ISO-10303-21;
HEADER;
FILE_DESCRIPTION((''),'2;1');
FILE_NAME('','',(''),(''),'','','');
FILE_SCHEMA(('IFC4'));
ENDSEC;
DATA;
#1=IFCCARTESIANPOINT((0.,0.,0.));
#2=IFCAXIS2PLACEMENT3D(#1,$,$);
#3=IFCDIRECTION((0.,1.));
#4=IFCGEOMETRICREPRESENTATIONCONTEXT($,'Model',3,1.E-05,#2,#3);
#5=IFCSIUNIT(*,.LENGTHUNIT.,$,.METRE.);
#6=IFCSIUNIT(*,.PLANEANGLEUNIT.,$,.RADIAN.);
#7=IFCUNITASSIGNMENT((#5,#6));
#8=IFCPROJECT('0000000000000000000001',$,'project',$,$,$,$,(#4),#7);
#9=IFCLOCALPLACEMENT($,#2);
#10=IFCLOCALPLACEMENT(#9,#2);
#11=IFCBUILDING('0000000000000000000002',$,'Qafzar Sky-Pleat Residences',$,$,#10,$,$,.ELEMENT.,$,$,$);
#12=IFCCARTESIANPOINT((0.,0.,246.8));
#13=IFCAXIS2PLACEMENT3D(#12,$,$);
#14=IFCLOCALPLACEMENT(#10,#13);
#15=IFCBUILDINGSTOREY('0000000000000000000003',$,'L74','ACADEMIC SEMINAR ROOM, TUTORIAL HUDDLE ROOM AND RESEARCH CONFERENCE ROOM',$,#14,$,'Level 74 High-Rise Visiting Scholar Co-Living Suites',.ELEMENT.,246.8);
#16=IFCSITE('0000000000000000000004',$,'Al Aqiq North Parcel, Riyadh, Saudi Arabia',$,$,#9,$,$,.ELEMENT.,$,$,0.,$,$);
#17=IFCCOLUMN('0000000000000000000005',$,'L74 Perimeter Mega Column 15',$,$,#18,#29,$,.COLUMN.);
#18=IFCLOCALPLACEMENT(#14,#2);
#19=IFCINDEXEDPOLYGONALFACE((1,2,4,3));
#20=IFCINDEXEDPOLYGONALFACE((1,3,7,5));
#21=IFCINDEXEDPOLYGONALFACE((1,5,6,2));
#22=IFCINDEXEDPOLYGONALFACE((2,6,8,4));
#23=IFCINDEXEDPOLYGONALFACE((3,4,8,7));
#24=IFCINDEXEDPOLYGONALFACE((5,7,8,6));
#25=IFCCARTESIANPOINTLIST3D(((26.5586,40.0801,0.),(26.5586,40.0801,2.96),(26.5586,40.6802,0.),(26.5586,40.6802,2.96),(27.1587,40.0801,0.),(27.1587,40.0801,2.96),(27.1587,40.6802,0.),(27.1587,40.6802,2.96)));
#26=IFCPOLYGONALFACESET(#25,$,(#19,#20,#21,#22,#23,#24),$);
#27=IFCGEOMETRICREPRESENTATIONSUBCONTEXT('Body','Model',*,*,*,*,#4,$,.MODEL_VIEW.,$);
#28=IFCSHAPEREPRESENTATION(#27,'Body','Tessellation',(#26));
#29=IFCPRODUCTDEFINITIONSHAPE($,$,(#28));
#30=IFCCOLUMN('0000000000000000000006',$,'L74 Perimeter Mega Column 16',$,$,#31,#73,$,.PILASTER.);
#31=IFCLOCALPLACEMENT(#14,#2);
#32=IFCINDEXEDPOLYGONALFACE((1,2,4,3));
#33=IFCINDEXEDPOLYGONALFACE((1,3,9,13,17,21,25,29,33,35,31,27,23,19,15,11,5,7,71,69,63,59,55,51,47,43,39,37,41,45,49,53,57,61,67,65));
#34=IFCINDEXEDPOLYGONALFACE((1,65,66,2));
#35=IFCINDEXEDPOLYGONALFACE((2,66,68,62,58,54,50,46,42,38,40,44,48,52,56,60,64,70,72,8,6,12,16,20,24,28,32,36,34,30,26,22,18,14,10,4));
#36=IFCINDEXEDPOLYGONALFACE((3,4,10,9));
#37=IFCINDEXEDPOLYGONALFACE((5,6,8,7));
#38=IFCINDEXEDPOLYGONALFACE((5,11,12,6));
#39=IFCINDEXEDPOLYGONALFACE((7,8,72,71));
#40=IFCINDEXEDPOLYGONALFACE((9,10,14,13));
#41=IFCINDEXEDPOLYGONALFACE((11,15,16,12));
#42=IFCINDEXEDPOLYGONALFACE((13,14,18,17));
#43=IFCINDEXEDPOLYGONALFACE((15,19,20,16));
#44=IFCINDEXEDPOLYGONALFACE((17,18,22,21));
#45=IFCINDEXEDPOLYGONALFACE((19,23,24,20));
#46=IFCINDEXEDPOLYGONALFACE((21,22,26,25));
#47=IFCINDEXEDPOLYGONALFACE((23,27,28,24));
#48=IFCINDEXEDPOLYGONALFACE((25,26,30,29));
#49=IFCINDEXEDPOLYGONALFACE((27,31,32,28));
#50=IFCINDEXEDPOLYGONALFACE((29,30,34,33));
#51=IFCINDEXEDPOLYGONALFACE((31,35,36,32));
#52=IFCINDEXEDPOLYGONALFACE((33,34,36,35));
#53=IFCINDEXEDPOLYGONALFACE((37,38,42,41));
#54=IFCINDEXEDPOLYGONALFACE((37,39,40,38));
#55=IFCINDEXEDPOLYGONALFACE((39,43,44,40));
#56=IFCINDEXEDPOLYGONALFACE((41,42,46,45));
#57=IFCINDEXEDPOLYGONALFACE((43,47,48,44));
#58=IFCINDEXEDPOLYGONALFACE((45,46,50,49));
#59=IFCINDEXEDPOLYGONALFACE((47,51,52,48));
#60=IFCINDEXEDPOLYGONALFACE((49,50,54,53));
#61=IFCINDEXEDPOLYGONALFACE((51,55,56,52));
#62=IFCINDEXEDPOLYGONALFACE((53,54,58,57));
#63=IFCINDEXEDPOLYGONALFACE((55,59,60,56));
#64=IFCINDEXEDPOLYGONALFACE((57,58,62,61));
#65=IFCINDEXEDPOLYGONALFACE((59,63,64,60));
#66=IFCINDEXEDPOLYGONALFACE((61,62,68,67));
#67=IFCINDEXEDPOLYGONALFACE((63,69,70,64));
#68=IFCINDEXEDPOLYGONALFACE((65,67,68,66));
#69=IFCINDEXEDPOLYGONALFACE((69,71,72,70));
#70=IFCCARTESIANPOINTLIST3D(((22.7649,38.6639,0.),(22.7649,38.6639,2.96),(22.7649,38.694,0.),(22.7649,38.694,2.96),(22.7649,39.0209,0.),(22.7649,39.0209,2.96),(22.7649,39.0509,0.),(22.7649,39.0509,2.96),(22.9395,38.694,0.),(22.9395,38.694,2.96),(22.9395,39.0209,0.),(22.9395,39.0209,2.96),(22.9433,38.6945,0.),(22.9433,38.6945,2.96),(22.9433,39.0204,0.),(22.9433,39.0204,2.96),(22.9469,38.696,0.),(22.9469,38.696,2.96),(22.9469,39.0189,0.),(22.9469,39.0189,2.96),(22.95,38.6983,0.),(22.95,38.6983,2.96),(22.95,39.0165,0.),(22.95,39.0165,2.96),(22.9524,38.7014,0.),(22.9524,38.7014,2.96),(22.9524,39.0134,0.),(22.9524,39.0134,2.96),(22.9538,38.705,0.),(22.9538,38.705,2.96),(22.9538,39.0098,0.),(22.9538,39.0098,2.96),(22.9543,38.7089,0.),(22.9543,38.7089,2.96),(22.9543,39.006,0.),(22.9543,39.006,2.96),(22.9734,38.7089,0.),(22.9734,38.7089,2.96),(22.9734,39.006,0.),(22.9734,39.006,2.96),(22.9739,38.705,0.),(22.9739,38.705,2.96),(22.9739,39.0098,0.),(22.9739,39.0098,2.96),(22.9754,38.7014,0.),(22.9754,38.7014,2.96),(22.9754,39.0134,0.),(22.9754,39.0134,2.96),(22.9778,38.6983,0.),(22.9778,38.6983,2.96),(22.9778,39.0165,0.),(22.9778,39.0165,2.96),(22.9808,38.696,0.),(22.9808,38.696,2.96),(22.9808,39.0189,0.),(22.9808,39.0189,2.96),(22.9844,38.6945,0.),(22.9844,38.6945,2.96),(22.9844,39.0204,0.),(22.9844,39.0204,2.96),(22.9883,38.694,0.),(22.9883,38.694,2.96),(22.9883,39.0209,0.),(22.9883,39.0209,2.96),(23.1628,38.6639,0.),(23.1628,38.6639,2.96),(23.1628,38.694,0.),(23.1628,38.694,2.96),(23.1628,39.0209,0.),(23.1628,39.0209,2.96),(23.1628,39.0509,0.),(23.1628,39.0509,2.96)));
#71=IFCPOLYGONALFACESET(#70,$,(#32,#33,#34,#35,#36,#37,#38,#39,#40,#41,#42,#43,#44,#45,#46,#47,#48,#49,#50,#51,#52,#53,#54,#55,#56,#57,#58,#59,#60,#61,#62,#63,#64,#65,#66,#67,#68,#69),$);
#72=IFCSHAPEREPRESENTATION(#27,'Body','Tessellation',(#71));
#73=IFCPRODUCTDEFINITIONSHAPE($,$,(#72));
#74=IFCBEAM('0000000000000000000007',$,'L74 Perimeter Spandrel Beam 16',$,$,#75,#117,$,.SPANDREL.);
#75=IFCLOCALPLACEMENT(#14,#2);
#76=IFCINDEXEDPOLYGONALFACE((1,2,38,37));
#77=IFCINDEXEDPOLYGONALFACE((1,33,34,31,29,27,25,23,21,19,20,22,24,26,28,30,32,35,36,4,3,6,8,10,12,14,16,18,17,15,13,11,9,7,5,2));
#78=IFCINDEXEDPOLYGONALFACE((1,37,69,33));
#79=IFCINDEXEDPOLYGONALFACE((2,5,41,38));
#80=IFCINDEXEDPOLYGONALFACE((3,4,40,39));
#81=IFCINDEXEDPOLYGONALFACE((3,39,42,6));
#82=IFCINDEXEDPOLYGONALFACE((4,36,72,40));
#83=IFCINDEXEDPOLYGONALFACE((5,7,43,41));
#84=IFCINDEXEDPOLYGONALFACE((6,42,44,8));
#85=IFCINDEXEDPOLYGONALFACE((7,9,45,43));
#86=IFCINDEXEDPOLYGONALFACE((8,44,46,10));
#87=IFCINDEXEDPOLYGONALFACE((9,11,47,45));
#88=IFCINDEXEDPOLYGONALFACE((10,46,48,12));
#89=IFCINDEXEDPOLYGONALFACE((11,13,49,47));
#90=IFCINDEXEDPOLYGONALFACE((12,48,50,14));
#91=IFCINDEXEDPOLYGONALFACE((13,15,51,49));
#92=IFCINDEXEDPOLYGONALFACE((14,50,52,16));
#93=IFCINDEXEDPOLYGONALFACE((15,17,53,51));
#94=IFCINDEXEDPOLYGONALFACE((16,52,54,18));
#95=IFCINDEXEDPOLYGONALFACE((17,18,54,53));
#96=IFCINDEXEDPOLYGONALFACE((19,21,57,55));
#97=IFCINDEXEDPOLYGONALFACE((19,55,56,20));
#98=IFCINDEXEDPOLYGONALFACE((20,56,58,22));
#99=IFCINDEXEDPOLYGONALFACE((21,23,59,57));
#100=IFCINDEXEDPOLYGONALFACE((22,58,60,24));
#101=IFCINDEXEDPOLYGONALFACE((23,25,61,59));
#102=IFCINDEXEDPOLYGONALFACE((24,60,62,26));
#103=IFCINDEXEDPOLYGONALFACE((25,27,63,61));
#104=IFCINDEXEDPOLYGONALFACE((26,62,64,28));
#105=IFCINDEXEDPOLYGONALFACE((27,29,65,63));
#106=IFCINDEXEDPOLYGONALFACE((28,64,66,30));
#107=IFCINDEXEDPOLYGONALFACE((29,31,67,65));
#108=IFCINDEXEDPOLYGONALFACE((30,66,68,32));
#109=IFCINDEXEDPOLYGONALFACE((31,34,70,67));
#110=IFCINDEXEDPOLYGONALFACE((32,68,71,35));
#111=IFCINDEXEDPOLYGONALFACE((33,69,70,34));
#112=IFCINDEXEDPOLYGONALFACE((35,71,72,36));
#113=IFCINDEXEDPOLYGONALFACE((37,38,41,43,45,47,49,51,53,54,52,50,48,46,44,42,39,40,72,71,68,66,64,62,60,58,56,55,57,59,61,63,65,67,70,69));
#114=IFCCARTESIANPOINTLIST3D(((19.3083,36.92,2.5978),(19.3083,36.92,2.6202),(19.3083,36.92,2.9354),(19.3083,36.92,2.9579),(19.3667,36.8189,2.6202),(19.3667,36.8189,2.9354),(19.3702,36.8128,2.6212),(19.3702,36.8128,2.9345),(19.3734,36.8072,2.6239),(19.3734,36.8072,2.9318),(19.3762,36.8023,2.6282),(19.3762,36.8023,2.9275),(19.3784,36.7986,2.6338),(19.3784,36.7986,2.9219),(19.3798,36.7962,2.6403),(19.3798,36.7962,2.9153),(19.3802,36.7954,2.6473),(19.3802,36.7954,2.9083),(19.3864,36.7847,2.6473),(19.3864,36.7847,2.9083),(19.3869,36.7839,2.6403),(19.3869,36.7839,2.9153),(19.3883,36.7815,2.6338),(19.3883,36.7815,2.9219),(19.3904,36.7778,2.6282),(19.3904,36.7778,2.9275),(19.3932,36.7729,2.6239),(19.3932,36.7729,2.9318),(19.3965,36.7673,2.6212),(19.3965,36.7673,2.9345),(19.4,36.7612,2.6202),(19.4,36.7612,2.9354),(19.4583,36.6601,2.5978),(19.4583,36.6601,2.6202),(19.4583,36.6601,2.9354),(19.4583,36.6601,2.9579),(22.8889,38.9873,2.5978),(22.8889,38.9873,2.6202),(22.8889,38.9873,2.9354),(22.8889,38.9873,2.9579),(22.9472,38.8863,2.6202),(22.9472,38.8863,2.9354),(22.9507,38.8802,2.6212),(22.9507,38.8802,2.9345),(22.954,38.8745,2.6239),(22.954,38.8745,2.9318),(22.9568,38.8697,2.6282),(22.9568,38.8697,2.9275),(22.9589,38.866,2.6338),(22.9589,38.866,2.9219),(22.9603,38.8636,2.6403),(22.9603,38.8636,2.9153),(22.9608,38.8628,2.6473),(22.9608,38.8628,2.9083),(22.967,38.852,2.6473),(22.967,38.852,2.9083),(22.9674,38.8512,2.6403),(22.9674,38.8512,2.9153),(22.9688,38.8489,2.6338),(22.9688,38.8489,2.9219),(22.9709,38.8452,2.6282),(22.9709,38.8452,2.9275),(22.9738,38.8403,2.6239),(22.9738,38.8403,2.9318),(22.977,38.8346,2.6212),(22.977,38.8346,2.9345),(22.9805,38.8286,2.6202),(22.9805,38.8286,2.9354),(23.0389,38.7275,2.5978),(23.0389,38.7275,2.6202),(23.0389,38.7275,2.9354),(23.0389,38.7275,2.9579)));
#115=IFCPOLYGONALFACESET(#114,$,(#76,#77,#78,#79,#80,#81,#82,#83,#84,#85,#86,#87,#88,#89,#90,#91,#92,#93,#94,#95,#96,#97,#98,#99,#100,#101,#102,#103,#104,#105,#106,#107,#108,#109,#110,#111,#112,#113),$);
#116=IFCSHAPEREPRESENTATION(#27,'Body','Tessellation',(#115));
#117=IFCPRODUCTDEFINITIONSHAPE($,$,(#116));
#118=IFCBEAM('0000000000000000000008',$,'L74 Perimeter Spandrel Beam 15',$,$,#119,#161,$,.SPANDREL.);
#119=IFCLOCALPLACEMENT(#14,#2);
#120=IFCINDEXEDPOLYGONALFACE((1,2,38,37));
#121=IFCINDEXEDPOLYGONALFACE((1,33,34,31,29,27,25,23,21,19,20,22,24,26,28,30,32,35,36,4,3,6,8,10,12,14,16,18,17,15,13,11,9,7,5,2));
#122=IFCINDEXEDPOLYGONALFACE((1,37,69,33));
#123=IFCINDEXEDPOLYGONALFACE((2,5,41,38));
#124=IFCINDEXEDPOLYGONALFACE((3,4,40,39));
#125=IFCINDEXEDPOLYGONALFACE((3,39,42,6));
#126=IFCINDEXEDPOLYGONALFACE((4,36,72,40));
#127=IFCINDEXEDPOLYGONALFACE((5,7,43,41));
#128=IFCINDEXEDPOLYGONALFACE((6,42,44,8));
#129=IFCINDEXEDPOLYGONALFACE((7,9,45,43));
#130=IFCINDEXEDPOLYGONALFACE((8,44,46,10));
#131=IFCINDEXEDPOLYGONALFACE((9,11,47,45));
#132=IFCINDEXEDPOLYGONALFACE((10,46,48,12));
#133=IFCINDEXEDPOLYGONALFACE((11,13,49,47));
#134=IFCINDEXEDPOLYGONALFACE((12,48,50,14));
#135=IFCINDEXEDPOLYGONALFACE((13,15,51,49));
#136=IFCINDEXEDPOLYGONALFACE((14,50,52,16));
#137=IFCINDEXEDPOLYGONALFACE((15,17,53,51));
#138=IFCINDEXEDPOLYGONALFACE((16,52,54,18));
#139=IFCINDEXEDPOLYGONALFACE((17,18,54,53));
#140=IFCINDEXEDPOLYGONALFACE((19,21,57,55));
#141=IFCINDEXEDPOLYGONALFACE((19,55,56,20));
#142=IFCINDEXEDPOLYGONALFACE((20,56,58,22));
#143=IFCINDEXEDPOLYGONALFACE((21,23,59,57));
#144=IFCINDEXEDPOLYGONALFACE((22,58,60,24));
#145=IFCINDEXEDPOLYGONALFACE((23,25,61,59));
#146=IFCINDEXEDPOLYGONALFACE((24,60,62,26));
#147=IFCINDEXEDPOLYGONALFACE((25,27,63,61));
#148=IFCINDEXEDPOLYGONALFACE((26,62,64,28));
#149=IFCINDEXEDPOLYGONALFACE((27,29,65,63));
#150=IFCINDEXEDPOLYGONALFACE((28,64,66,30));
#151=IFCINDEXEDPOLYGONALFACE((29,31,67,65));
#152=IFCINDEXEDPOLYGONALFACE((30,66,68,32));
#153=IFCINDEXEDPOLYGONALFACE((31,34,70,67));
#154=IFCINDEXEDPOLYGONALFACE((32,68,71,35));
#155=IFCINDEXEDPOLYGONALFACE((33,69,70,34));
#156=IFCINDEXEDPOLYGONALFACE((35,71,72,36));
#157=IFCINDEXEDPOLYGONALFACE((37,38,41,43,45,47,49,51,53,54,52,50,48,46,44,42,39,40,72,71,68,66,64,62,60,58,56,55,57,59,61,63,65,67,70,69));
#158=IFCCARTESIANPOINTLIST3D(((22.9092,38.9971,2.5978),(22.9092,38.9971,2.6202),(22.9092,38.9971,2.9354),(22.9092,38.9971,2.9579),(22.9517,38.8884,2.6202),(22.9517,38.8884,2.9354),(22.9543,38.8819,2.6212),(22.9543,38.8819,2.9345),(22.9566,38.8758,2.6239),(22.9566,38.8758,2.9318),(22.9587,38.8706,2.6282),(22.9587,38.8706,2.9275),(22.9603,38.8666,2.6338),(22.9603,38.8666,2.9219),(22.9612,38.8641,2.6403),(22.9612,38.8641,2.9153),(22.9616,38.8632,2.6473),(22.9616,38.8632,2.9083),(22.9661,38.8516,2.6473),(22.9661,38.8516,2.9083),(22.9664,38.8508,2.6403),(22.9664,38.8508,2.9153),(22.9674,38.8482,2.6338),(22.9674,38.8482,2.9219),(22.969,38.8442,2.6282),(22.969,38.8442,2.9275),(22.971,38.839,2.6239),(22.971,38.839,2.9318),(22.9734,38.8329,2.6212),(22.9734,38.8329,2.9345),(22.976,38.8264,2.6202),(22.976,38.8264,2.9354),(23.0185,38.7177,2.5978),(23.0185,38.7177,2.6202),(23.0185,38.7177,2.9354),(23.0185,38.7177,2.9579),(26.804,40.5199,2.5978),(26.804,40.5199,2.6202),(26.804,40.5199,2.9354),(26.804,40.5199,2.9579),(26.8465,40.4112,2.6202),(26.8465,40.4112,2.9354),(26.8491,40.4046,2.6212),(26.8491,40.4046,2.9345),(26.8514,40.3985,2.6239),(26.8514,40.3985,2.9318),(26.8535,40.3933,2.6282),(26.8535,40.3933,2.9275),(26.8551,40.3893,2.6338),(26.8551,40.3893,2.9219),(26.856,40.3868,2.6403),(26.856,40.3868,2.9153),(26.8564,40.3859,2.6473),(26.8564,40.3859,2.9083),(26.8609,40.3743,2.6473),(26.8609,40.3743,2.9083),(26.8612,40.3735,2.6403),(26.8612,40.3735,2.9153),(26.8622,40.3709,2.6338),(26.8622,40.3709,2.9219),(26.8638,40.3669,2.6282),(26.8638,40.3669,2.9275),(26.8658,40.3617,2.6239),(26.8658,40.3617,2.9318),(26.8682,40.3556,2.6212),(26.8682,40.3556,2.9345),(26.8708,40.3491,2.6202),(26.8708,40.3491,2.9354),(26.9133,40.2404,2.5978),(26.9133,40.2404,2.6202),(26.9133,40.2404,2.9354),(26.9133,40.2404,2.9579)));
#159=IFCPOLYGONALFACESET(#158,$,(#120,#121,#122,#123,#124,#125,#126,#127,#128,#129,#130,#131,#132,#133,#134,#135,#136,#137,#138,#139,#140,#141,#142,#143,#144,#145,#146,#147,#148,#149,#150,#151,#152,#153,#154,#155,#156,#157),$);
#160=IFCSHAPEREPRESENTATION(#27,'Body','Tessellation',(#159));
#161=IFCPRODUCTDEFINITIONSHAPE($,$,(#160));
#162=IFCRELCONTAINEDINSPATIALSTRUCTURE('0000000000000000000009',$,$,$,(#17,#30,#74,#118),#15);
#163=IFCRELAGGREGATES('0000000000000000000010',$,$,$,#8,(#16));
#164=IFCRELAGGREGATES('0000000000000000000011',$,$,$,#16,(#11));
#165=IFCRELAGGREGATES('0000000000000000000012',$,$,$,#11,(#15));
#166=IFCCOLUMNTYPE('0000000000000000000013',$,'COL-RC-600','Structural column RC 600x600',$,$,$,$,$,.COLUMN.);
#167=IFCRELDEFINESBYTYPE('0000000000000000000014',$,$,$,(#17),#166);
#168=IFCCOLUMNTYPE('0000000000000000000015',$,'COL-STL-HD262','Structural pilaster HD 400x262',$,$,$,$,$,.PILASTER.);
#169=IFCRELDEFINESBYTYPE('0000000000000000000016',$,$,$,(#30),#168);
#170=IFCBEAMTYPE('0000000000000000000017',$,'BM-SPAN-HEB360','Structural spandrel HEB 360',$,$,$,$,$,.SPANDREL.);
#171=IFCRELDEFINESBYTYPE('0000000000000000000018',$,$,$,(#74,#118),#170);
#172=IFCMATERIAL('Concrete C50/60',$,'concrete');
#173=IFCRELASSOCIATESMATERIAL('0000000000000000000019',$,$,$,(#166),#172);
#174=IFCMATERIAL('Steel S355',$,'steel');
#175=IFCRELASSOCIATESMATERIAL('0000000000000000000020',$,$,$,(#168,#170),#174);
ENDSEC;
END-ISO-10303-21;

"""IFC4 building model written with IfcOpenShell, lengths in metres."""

from ifc_helpers import new_model, si_unit, direction, frame, origin, origin_2d, place, context, subcontext, project, spatial, rectangle, i_section, extrude, source, transform, mapped, material, material_profile, profile_set, type_object, element, save


model = new_model("IFC4")

# Units and contexts
model_context = context("Model", 3, precision=1e-05, world=origin(), true_north=direction((0.0, 1.0)))
body_context = subcontext(model_context, "Body", "Model", "MODEL_VIEW")
ifc_project = project(units=[si_unit("LENGTHUNIT", "METRE"), si_unit("PLANEANGLEUNIT", "RADIAN")], contexts=[model_context])

# Site, building, storey
site_placement = place(None, origin())
site = spatial("IfcSite", under=ifc_project, at=site_placement, Name="Al Aqiq North Parcel, Riyadh, Saudi Arabia", CompositionType="ELEMENT", RefElevation=0.0)
building_placement = place(site_placement, origin())
building = spatial("IfcBuilding", under=site, at=building_placement, Name="Qafzar Sky-Pleat Residences", CompositionType="ELEMENT")
storey_placement = place(building_placement, frame((0.0, 0.0, 246.8)))
storey = spatial("IfcBuildingStorey", under=building, at=storey_placement, Name="L74", Description="ACADEMIC SEMINAR ROOM, TUTORIAL HUDDLE ROOM AND RESEARCH CONFERENCE ROOM", LongName="Level 74 High-Rise Visiting Scholar Co-Living Suites", CompositionType="ELEMENT", Elevation=246.8)

# Columns
ifc_material_1 = material(Name="Concrete C50/60", Category="concrete")
ifc_material_profile_1 = material_profile(ifc_material_1, rectangle(XDim=0.6001, YDim=0.6001, at=origin_2d()), Name="RC 600x600")
ifc_profile_set_1 = profile_set([ifc_material_profile_1], Name="Concrete C50/60")
column_type_1 = type_object("IfcColumnType", Name="COL-RC-600", Description="Structural column RC 600x600", PredefinedType="COLUMN", material=ifc_profile_set_1)
shared_shape_1 = source(origin(), body_context, "Body", "SweptSolid", [
    extrude(rectangle(XDim=0.6001, YDim=0.6001, at=origin_2d()), origin(), (0.0, 0.0, 1.0), 2.96),
])
column_1_placement = place(storey_placement, frame((26.8586, 40.3801, 0.0), z_axis=(0.0, 0.0, 1.0), x_axis=(1.0, 0.0, 0.0)))
element("IfcColumn", 1, at=column_1_placement, inside=storey, type_object=column_type_1, Name="L74 Perimeter Mega Column 15", PredefinedType="COLUMN", context=body_context, shape_type="MappedRepresentation", body=[
    mapped(shared_shape_1, transform((0.0, 0.0, 0.0), x_axis=(1.0, 0.0, 0.0), y_axis=(0.0, 1.0, 0.0), z_axis=(0.0, 0.0, 1.0), scale=1.0)),
])
ifc_material_2 = material(Name="Steel S355", Category="steel")
ifc_material_profile_2 = material_profile(ifc_material_2, i_section(OverallWidth=0.3979, OverallDepth=0.387, WebThickness=0.019, FlangeThickness=0.03, FilletRadius=0.0149, at=origin_2d()), Name="HD 400x262")
ifc_profile_set_2 = profile_set([ifc_material_profile_2], Name="Steel S355")
column_type_2 = type_object("IfcColumnType", Name="COL-STL-HD262", Description="Structural pilaster HD 400x262", PredefinedType="PILASTER", material=ifc_profile_set_2)
shared_shape_2 = source(origin(), body_context, "Body", "SweptSolid", [
    extrude(i_section(OverallWidth=0.3979, OverallDepth=0.387, WebThickness=0.019, FlangeThickness=0.03, FilletRadius=0.0149, at=origin_2d()), origin(), (0.0, 0.0, 1.0), 2.96),
])
column_2_placement = place(storey_placement, frame((22.9639, 38.8574, 0.0), z_axis=(0.0, 0.0, 1.0), x_axis=(1.0, 0.0, 0.0)))
element("IfcColumn", 2, at=column_2_placement, inside=storey, type_object=column_type_2, Name="L74 Perimeter Mega Column 16", PredefinedType="PILASTER", context=body_context, shape_type="MappedRepresentation", body=[
    mapped(shared_shape_2, transform((0.0, 0.0, 0.0), x_axis=(1.0, 0.0, 0.0), y_axis=(0.0, 1.0, 0.0), z_axis=(0.0, 0.0, 1.0), scale=1.0)),
])

# Beams
ifc_material_profile_3 = material_profile(ifc_material_2, i_section(OverallWidth=0.3, OverallDepth=0.3601, WebThickness=0.0125, FlangeThickness=0.0225, FilletRadius=0.0271, at=origin_2d()), Name="HEB 360")
ifc_profile_set_3 = profile_set([ifc_material_profile_3], Name="Steel S355")
beam_type_1 = type_object("IfcBeamType", Name="BM-SPAN-HEB360", Description="Structural spandrel HEB 360", PredefinedType="SPANDREL", material=ifc_profile_set_3)
shared_shape_3 = source(origin(), body_context, "Body", "SweptSolid", [
    extrude(i_section(OverallWidth=0.3, OverallDepth=0.3601, WebThickness=0.0125, FlangeThickness=0.0225, FilletRadius=0.0271, at=origin_2d()), origin(), (0.0, 0.0, 1.0), 4.1345),
])
beam_1_placement = place(storey_placement, frame((22.9639, 38.8574, 2.7778), z_axis=(-0.866011, -0.500026, 0.0), x_axis=(0.500026, -0.866011, 0.0)))
element("IfcBeam", 3, at=beam_1_placement, inside=storey, type_object=beam_type_1, Name="L74 Perimeter Spandrel Beam 16", PredefinedType="SPANDREL", context=body_context, shape_type="MappedRepresentation", body=[
    mapped(shared_shape_3, transform((0.0, 0.0, 0.0), x_axis=(1.0, 0.0, 0.0), y_axis=(0.0, 1.0, 0.0), z_axis=(0.0, 0.0, 1.0), scale=1.0)),
])
shared_shape_4 = source(origin(), body_context, "Body", "SweptSolid", [
    extrude(i_section(OverallWidth=0.3, OverallDepth=0.3601, WebThickness=0.0125, FlangeThickness=0.0225, FilletRadius=0.0271, at=origin_2d()), origin(), (0.0, 0.0, 1.0), 4.1819),
])
beam_2_placement = place(storey_placement, frame((26.8586, 40.3801, 2.7778), z_axis=(-0.931351, -0.364122, 0.0), x_axis=(0.364122, -0.931351, 0.0)))
element("IfcBeam", 4, at=beam_2_placement, inside=storey, type_object=beam_type_1, Name="L74 Perimeter Spandrel Beam 15", PredefinedType="SPANDREL", context=body_context, shape_type="MappedRepresentation", body=[
    mapped(shared_shape_4, transform((0.0, 0.0, 0.0), x_axis=(1.0, 0.0, 0.0), y_axis=(0.0, 1.0, 0.0), z_axis=(0.0, 0.0, 1.0), scale=1.0)),
])

save(model, "model.ifc")
